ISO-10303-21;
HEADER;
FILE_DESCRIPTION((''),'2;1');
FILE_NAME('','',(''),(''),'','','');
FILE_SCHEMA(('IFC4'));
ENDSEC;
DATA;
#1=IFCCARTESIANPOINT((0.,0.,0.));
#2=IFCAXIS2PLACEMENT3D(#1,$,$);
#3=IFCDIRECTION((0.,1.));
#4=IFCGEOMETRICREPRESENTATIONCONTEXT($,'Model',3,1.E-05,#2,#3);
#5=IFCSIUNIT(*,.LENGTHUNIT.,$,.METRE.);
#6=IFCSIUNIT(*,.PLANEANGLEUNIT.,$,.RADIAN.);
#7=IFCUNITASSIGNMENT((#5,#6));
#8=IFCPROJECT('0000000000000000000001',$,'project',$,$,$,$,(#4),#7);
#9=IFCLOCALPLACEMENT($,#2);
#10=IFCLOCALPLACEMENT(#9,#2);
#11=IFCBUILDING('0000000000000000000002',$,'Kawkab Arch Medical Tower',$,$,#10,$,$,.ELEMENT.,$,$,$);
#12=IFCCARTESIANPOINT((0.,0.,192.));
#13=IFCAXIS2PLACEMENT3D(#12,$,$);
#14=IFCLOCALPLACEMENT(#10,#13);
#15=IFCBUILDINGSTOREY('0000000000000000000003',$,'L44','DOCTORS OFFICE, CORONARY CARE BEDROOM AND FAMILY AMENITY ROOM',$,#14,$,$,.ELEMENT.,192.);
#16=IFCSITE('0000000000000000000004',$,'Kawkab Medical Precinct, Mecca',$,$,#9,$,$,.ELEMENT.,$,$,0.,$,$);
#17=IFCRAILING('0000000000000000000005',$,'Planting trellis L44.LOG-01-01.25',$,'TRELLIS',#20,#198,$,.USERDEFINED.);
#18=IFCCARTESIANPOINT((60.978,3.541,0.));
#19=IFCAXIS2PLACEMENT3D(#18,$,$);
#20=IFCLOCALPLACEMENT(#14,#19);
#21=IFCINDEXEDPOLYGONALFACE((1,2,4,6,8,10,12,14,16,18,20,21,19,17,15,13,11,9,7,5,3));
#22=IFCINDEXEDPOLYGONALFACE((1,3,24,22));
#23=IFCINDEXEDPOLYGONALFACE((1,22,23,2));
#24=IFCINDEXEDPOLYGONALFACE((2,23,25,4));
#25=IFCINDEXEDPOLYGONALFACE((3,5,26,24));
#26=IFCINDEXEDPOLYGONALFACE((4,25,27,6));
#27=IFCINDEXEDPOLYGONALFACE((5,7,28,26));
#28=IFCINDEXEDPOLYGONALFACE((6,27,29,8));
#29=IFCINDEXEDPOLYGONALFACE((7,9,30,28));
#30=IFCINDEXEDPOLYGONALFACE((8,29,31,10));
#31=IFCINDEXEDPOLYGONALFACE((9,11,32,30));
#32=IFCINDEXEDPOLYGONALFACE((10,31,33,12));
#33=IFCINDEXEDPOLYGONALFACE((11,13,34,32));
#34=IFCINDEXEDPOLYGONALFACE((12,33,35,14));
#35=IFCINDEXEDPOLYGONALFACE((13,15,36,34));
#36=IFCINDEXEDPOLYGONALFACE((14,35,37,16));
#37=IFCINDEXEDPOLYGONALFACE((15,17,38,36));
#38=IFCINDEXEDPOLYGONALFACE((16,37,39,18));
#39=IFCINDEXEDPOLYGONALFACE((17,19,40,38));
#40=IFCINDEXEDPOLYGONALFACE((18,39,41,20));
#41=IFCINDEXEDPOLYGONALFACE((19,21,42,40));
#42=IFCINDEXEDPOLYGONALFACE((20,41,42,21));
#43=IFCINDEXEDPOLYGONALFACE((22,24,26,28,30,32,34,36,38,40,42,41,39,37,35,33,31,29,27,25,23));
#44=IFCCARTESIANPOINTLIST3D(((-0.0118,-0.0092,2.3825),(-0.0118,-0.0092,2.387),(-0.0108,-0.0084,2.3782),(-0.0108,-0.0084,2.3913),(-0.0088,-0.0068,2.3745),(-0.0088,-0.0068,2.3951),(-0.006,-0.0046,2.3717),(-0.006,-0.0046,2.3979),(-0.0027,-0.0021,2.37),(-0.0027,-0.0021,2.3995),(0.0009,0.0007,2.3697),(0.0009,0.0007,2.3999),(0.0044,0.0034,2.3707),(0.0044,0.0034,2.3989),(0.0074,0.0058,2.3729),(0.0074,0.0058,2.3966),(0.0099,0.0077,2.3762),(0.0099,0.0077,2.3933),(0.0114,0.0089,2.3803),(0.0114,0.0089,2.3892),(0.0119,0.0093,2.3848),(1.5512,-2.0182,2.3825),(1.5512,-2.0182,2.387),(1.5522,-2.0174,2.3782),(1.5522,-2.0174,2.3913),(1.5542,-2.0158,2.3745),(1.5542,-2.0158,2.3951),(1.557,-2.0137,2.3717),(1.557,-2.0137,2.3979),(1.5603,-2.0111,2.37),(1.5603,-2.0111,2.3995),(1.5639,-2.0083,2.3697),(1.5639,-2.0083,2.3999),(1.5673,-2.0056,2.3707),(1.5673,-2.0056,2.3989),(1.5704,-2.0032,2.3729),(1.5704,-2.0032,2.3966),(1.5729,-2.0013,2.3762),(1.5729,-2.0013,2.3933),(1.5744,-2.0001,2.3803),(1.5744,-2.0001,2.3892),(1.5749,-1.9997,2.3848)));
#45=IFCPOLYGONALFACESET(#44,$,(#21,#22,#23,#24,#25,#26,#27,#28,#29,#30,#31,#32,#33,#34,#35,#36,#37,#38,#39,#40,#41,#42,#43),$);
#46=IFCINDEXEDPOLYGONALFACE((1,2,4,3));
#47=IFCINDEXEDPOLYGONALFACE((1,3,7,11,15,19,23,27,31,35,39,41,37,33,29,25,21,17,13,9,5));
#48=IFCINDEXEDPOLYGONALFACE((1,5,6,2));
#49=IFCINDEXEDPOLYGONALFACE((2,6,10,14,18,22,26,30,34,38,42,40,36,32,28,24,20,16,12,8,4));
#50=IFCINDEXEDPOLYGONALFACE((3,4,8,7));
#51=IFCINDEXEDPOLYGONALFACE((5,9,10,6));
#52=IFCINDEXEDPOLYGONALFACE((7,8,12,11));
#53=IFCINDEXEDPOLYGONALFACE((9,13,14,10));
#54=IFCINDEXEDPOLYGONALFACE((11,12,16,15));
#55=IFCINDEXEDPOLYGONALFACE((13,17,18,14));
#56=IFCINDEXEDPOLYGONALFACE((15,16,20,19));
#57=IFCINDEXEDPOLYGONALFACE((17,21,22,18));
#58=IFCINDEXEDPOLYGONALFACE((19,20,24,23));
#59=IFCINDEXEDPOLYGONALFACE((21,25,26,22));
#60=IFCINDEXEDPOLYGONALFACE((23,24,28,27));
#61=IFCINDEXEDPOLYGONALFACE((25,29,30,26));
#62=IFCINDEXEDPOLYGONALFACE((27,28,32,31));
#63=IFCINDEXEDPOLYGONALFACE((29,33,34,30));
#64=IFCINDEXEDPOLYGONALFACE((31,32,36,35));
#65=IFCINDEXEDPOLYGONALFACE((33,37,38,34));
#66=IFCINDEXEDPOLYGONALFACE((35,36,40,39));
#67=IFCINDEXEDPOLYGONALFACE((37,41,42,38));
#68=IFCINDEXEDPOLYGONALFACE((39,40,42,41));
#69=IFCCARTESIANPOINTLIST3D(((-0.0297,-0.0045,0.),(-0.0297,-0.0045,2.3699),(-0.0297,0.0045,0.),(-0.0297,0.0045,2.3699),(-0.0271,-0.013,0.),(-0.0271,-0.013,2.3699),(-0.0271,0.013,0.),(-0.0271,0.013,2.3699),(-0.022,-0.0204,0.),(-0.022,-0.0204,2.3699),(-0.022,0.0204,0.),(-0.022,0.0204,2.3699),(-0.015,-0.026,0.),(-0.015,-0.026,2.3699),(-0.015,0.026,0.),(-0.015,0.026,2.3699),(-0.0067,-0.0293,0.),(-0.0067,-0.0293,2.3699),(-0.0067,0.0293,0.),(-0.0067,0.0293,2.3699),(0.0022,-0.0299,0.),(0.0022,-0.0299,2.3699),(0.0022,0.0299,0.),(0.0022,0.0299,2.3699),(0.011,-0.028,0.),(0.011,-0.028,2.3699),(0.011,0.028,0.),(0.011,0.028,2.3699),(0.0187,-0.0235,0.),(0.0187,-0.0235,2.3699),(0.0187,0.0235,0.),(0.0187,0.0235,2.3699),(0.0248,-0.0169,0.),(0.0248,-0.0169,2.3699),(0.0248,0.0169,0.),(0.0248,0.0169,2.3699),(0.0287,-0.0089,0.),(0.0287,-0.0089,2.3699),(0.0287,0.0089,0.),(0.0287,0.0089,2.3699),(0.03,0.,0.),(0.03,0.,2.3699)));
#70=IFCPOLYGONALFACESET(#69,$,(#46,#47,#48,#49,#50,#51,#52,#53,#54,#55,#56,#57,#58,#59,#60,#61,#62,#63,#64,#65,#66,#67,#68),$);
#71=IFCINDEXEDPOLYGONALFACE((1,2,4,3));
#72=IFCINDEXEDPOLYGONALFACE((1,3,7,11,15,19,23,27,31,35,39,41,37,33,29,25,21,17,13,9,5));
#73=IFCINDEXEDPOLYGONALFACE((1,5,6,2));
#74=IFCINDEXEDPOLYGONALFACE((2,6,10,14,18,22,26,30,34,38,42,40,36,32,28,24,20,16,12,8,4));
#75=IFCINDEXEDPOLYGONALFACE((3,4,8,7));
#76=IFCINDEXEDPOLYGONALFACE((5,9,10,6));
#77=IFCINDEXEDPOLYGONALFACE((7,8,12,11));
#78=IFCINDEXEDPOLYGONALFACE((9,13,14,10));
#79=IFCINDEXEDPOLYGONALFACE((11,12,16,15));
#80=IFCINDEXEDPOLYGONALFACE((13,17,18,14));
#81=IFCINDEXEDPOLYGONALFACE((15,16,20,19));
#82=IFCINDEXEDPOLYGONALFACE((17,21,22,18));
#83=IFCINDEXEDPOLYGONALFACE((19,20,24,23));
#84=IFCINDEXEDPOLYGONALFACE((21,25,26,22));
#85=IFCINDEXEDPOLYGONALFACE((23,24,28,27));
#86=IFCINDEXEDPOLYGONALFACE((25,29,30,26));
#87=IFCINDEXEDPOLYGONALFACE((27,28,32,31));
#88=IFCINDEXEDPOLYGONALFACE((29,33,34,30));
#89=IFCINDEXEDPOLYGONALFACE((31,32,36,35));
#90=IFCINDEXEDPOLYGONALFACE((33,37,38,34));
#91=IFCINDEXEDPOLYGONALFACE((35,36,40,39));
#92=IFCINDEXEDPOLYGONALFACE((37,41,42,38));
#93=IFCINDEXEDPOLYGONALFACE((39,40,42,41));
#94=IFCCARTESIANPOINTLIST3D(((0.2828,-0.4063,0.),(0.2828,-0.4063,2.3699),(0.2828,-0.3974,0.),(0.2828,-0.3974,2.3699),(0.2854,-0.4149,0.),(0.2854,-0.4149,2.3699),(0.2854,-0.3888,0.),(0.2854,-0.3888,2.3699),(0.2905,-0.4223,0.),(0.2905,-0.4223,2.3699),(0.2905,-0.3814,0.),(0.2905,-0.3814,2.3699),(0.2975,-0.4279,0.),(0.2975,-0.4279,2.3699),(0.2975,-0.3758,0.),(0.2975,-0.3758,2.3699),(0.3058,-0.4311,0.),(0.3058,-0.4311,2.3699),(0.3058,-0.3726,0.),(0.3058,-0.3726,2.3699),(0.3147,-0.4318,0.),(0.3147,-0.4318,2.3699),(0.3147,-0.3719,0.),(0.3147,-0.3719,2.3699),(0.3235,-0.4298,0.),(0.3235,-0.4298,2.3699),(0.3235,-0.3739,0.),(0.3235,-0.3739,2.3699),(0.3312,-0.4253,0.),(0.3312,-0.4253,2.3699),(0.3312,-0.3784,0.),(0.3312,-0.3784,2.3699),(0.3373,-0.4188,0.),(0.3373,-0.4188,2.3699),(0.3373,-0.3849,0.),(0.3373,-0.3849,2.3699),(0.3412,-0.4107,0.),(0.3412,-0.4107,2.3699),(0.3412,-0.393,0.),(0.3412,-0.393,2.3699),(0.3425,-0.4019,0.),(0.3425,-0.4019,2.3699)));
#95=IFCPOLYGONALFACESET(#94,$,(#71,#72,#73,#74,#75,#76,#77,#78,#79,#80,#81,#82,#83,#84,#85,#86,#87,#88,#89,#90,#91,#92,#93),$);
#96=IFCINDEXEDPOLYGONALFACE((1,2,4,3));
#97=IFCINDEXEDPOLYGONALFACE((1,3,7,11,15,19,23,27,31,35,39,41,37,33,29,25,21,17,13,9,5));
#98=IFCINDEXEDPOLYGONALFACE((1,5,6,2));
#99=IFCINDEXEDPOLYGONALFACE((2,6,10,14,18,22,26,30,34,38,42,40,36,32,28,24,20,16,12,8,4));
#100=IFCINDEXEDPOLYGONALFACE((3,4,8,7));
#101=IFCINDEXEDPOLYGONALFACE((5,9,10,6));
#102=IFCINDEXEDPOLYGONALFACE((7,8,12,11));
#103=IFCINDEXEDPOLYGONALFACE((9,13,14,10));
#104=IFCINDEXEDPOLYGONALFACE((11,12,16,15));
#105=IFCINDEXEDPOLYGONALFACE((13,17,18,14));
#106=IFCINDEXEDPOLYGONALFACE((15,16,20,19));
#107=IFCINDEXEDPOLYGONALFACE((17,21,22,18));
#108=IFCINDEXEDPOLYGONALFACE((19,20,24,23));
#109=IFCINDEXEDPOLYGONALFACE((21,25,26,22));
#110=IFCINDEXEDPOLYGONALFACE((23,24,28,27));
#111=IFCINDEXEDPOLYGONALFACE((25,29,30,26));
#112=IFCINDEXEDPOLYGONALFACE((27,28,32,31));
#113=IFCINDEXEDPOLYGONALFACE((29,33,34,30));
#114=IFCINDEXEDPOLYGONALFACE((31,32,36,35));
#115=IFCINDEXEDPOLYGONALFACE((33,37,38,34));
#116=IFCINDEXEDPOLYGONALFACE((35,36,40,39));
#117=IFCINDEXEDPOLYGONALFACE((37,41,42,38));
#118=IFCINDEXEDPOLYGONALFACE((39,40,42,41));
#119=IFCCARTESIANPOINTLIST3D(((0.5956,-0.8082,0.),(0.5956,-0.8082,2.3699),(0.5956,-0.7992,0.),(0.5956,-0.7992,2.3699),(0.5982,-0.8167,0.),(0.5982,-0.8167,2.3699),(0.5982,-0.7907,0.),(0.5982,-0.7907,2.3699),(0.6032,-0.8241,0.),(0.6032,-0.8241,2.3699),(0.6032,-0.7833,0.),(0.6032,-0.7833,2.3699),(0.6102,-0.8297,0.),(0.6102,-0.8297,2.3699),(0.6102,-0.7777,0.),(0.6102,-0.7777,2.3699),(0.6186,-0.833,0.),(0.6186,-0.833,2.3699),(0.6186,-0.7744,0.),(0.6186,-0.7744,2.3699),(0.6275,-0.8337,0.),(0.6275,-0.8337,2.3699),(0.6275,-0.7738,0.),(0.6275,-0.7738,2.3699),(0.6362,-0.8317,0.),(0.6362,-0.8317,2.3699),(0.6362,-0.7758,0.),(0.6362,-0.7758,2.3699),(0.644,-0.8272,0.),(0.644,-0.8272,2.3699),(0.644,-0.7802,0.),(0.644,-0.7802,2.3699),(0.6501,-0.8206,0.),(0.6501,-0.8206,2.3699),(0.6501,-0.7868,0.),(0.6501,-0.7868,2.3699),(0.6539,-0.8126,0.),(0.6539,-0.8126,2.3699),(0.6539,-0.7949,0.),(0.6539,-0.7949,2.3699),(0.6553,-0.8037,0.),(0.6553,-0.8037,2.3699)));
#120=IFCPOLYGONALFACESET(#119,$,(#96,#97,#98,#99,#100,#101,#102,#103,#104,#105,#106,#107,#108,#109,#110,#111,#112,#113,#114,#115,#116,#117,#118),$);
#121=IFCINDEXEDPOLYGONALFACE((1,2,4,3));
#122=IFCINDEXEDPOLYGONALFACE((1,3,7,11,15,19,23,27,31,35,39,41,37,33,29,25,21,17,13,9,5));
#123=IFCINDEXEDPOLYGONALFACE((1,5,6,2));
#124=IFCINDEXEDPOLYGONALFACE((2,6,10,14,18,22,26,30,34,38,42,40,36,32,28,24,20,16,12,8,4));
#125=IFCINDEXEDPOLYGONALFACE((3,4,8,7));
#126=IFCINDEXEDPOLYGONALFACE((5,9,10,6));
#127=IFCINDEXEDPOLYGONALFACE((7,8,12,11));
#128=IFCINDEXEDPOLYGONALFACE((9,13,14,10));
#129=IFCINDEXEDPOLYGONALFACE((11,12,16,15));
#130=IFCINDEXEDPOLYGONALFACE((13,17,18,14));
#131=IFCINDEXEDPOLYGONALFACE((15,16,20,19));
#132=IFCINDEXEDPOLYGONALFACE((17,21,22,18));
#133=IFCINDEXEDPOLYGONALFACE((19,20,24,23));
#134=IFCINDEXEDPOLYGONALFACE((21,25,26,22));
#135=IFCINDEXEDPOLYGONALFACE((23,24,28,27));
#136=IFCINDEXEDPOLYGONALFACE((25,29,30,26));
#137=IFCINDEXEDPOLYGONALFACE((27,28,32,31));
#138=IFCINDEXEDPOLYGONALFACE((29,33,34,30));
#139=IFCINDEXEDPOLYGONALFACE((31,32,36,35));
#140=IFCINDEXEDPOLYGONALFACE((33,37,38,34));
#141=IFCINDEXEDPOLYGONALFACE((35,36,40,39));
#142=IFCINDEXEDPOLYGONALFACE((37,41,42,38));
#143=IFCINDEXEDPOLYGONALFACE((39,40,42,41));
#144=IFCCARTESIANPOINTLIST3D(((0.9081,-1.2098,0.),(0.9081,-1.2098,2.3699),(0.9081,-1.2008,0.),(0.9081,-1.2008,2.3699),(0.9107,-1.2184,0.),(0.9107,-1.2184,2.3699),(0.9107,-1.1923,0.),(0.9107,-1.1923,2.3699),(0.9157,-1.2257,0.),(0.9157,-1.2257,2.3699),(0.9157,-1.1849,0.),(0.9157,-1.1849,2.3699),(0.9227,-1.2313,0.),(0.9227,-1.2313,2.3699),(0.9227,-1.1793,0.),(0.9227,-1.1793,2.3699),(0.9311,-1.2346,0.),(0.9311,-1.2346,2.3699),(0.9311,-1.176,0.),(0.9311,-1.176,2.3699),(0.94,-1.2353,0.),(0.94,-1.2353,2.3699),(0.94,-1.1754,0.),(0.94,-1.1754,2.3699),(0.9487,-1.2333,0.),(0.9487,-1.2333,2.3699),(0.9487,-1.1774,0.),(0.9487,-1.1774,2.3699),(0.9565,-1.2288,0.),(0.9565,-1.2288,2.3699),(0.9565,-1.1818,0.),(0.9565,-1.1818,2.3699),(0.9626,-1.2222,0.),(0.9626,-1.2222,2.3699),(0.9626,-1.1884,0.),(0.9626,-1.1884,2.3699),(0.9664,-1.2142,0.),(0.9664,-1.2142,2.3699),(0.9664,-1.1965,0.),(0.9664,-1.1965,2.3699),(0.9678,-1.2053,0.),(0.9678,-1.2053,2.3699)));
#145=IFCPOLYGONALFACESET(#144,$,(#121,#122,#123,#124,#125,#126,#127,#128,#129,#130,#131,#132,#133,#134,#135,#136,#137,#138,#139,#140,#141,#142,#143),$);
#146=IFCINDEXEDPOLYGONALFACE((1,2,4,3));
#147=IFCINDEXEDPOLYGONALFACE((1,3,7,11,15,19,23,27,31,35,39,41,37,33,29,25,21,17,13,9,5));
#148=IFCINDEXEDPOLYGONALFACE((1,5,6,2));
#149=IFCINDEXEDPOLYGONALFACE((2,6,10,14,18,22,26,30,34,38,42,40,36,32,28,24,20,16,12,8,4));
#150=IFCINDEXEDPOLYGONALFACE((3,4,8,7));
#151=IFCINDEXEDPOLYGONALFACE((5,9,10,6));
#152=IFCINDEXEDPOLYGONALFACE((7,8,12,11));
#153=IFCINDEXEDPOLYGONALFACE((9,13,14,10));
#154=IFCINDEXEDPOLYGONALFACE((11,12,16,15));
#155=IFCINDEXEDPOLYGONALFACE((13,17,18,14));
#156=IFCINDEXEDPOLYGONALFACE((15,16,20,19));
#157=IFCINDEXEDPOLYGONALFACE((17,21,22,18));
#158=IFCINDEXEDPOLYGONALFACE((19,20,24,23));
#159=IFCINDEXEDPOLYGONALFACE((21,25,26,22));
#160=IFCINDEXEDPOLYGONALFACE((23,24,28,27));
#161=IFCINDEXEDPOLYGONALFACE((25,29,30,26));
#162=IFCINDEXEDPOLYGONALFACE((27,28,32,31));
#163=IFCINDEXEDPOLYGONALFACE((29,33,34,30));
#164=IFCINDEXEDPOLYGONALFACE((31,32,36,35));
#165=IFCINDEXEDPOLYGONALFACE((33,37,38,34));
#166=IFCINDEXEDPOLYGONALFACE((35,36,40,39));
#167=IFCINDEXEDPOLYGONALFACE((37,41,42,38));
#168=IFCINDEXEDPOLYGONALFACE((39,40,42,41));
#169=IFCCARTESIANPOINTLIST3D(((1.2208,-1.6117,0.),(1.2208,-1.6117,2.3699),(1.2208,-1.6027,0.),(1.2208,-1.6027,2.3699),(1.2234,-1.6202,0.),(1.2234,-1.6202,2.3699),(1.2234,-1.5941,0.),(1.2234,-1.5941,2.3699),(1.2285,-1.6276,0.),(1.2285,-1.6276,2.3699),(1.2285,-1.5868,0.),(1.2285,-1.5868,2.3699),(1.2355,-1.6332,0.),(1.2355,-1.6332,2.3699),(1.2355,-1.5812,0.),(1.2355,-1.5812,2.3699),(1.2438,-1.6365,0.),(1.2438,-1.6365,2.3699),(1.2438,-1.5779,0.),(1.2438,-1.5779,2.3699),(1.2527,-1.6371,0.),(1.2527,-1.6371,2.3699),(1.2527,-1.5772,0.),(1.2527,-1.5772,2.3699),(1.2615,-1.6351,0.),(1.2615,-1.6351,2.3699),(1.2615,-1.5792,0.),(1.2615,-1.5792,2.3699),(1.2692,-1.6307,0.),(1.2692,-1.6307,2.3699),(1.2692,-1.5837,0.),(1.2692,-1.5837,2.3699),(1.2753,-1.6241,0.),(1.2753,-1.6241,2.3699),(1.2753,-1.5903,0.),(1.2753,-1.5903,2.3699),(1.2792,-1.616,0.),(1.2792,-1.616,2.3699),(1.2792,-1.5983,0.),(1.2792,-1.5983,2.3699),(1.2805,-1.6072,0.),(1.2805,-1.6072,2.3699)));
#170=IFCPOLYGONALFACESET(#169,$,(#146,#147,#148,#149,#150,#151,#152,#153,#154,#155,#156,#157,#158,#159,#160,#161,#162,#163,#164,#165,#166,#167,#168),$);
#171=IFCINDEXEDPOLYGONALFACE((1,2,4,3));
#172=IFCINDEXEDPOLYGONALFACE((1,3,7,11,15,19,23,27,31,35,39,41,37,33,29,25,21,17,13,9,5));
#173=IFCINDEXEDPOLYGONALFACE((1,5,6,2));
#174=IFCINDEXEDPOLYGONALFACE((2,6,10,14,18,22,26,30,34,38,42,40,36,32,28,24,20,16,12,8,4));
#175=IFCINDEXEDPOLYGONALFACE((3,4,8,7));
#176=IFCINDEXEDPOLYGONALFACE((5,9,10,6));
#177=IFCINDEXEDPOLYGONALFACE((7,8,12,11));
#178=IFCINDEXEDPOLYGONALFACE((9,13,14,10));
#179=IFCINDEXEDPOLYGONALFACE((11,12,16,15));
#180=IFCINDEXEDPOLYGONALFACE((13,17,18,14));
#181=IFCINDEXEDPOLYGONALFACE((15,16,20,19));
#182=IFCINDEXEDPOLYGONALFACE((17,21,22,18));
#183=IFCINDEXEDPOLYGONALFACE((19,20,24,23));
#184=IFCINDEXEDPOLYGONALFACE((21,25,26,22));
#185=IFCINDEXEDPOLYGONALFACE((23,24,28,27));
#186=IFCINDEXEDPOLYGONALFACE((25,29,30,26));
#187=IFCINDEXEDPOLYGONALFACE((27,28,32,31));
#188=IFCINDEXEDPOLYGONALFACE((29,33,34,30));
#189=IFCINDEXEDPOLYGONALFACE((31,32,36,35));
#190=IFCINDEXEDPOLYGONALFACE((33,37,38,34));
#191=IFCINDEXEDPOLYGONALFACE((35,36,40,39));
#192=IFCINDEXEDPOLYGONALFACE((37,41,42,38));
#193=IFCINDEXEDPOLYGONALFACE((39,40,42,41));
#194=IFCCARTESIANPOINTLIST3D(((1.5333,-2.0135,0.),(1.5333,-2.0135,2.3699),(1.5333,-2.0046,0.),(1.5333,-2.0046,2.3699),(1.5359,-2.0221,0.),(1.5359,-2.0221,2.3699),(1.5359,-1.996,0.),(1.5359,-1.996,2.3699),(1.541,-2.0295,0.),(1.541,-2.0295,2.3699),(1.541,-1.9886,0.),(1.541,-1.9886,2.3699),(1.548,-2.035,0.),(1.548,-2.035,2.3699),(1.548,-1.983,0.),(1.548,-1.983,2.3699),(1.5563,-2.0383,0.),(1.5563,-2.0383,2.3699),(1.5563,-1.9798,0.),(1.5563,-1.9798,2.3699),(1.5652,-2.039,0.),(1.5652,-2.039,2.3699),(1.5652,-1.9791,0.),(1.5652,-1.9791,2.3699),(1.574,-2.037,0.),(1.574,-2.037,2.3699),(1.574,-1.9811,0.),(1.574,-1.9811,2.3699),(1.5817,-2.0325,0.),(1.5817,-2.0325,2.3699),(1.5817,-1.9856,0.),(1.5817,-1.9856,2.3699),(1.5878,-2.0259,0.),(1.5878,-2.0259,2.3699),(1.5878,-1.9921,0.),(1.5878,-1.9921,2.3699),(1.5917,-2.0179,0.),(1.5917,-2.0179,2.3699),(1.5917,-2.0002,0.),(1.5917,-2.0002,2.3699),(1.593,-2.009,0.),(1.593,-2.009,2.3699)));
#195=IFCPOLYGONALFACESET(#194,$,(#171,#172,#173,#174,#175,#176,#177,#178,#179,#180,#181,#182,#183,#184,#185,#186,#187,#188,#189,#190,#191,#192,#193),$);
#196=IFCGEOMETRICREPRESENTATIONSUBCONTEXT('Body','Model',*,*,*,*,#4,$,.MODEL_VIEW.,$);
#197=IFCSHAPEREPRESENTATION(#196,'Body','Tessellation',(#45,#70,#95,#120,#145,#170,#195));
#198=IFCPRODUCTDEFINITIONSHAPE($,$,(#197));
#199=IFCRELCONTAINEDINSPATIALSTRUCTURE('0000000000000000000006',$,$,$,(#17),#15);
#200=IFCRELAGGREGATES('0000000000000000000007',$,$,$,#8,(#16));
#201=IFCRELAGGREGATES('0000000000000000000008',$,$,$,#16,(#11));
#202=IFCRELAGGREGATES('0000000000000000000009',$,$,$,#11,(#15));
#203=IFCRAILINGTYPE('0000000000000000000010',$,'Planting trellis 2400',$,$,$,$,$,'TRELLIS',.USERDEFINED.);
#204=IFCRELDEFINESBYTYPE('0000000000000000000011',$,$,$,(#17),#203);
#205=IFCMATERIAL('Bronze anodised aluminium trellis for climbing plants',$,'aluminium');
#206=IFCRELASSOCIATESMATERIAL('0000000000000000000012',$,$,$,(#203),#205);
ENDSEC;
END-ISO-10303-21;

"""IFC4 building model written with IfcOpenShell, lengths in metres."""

from ifc_helpers import new_model, si_unit, direction, frame, origin, origin_2d, place, context, subcontext, project, spatial, circle, extrude, material, type_object, element, save


model = new_model("IFC4")

# Units and contexts
model_context = context("Model", 3, precision=1e-05, world=origin(), true_north=direction((0.0, 1.0)))
body_context = subcontext(model_context, "Body", "Model", "MODEL_VIEW")
ifc_project = project(units=[si_unit("LENGTHUNIT", "METRE"), si_unit("PLANEANGLEUNIT", "RADIAN")], contexts=[model_context])

# Site, building, storey
site_placement = place(None, origin())
site = spatial("IfcSite", under=ifc_project, at=site_placement, Name="Kawkab Medical Precinct, Mecca", CompositionType="ELEMENT", RefElevation=0.0)
building_placement = place(site_placement, origin())
building = spatial("IfcBuilding", under=site, at=building_placement, Name="Kawkab Arch Medical Tower", CompositionType="ELEMENT")
storey_placement = place(building_placement, frame((0.0, 0.0, 192.0)))
storey = spatial("IfcBuildingStorey", under=building, at=storey_placement, Name="L44", Description="DOCTORS OFFICE, CORONARY CARE BEDROOM AND FAMILY AMENITY ROOM", CompositionType="ELEMENT", Elevation=192.0)

# Railing
ifc_material_1 = material(Name="Bronze anodised aluminium trellis for climbing plants", Category="aluminium")
railing_type_1 = type_object("IfcRailingType", Name="Planting trellis 2400", ElementType="TRELLIS", PredefinedType="USERDEFINED", material=ifc_material_1)
railing_1_placement = place(storey_placement, frame((60.978, 3.541, 0.0)))
element("IfcRailing", 1, at=railing_1_placement, inside=storey, type_object=railing_type_1, Name="Planting trellis L44.LOG-01-01.25", ObjectType="TRELLIS", PredefinedType="USERDEFINED", context=body_context, shape_type="SweptSolid", body=[
    extrude(circle(Radius=0.0151, at=origin_2d()), frame((0.0, 0.0, 2.3848), z_axis=(0.61404, -0.789275, 0.0), x_axis=(0.789275, 0.61404, 0.0)), (0.0, 0.0, 1.0), 2.5454),
    extrude(circle(Radius=0.03, at=origin_2d()), origin(), (0.0, 0.0, 1.0), 2.3699),
    extrude(circle(Radius=0.03, at=origin_2d()), frame((0.3125, -0.4019, 0.0)), (0.0, 0.0, 1.0), 2.3699),
    extrude(circle(Radius=0.03, at=origin_2d()), frame((0.6252, -0.8037, 0.0)), (0.0, 0.0, 1.0), 2.3699),
    extrude(circle(Radius=0.03, at=origin_2d()), frame((0.9377, -1.2053, 0.0)), (0.0, 0.0, 1.0), 2.3699),
    extrude(circle(Radius=0.03, at=origin_2d()), frame((1.2505, -1.6072, 0.0)), (0.0, 0.0, 1.0), 2.3699),
    extrude(circle(Radius=0.03, at=origin_2d()), frame((1.563, -2.009, 0.0)), (0.0, 0.0, 1.0), 2.3699),
])

save(model, "model.ifc")
